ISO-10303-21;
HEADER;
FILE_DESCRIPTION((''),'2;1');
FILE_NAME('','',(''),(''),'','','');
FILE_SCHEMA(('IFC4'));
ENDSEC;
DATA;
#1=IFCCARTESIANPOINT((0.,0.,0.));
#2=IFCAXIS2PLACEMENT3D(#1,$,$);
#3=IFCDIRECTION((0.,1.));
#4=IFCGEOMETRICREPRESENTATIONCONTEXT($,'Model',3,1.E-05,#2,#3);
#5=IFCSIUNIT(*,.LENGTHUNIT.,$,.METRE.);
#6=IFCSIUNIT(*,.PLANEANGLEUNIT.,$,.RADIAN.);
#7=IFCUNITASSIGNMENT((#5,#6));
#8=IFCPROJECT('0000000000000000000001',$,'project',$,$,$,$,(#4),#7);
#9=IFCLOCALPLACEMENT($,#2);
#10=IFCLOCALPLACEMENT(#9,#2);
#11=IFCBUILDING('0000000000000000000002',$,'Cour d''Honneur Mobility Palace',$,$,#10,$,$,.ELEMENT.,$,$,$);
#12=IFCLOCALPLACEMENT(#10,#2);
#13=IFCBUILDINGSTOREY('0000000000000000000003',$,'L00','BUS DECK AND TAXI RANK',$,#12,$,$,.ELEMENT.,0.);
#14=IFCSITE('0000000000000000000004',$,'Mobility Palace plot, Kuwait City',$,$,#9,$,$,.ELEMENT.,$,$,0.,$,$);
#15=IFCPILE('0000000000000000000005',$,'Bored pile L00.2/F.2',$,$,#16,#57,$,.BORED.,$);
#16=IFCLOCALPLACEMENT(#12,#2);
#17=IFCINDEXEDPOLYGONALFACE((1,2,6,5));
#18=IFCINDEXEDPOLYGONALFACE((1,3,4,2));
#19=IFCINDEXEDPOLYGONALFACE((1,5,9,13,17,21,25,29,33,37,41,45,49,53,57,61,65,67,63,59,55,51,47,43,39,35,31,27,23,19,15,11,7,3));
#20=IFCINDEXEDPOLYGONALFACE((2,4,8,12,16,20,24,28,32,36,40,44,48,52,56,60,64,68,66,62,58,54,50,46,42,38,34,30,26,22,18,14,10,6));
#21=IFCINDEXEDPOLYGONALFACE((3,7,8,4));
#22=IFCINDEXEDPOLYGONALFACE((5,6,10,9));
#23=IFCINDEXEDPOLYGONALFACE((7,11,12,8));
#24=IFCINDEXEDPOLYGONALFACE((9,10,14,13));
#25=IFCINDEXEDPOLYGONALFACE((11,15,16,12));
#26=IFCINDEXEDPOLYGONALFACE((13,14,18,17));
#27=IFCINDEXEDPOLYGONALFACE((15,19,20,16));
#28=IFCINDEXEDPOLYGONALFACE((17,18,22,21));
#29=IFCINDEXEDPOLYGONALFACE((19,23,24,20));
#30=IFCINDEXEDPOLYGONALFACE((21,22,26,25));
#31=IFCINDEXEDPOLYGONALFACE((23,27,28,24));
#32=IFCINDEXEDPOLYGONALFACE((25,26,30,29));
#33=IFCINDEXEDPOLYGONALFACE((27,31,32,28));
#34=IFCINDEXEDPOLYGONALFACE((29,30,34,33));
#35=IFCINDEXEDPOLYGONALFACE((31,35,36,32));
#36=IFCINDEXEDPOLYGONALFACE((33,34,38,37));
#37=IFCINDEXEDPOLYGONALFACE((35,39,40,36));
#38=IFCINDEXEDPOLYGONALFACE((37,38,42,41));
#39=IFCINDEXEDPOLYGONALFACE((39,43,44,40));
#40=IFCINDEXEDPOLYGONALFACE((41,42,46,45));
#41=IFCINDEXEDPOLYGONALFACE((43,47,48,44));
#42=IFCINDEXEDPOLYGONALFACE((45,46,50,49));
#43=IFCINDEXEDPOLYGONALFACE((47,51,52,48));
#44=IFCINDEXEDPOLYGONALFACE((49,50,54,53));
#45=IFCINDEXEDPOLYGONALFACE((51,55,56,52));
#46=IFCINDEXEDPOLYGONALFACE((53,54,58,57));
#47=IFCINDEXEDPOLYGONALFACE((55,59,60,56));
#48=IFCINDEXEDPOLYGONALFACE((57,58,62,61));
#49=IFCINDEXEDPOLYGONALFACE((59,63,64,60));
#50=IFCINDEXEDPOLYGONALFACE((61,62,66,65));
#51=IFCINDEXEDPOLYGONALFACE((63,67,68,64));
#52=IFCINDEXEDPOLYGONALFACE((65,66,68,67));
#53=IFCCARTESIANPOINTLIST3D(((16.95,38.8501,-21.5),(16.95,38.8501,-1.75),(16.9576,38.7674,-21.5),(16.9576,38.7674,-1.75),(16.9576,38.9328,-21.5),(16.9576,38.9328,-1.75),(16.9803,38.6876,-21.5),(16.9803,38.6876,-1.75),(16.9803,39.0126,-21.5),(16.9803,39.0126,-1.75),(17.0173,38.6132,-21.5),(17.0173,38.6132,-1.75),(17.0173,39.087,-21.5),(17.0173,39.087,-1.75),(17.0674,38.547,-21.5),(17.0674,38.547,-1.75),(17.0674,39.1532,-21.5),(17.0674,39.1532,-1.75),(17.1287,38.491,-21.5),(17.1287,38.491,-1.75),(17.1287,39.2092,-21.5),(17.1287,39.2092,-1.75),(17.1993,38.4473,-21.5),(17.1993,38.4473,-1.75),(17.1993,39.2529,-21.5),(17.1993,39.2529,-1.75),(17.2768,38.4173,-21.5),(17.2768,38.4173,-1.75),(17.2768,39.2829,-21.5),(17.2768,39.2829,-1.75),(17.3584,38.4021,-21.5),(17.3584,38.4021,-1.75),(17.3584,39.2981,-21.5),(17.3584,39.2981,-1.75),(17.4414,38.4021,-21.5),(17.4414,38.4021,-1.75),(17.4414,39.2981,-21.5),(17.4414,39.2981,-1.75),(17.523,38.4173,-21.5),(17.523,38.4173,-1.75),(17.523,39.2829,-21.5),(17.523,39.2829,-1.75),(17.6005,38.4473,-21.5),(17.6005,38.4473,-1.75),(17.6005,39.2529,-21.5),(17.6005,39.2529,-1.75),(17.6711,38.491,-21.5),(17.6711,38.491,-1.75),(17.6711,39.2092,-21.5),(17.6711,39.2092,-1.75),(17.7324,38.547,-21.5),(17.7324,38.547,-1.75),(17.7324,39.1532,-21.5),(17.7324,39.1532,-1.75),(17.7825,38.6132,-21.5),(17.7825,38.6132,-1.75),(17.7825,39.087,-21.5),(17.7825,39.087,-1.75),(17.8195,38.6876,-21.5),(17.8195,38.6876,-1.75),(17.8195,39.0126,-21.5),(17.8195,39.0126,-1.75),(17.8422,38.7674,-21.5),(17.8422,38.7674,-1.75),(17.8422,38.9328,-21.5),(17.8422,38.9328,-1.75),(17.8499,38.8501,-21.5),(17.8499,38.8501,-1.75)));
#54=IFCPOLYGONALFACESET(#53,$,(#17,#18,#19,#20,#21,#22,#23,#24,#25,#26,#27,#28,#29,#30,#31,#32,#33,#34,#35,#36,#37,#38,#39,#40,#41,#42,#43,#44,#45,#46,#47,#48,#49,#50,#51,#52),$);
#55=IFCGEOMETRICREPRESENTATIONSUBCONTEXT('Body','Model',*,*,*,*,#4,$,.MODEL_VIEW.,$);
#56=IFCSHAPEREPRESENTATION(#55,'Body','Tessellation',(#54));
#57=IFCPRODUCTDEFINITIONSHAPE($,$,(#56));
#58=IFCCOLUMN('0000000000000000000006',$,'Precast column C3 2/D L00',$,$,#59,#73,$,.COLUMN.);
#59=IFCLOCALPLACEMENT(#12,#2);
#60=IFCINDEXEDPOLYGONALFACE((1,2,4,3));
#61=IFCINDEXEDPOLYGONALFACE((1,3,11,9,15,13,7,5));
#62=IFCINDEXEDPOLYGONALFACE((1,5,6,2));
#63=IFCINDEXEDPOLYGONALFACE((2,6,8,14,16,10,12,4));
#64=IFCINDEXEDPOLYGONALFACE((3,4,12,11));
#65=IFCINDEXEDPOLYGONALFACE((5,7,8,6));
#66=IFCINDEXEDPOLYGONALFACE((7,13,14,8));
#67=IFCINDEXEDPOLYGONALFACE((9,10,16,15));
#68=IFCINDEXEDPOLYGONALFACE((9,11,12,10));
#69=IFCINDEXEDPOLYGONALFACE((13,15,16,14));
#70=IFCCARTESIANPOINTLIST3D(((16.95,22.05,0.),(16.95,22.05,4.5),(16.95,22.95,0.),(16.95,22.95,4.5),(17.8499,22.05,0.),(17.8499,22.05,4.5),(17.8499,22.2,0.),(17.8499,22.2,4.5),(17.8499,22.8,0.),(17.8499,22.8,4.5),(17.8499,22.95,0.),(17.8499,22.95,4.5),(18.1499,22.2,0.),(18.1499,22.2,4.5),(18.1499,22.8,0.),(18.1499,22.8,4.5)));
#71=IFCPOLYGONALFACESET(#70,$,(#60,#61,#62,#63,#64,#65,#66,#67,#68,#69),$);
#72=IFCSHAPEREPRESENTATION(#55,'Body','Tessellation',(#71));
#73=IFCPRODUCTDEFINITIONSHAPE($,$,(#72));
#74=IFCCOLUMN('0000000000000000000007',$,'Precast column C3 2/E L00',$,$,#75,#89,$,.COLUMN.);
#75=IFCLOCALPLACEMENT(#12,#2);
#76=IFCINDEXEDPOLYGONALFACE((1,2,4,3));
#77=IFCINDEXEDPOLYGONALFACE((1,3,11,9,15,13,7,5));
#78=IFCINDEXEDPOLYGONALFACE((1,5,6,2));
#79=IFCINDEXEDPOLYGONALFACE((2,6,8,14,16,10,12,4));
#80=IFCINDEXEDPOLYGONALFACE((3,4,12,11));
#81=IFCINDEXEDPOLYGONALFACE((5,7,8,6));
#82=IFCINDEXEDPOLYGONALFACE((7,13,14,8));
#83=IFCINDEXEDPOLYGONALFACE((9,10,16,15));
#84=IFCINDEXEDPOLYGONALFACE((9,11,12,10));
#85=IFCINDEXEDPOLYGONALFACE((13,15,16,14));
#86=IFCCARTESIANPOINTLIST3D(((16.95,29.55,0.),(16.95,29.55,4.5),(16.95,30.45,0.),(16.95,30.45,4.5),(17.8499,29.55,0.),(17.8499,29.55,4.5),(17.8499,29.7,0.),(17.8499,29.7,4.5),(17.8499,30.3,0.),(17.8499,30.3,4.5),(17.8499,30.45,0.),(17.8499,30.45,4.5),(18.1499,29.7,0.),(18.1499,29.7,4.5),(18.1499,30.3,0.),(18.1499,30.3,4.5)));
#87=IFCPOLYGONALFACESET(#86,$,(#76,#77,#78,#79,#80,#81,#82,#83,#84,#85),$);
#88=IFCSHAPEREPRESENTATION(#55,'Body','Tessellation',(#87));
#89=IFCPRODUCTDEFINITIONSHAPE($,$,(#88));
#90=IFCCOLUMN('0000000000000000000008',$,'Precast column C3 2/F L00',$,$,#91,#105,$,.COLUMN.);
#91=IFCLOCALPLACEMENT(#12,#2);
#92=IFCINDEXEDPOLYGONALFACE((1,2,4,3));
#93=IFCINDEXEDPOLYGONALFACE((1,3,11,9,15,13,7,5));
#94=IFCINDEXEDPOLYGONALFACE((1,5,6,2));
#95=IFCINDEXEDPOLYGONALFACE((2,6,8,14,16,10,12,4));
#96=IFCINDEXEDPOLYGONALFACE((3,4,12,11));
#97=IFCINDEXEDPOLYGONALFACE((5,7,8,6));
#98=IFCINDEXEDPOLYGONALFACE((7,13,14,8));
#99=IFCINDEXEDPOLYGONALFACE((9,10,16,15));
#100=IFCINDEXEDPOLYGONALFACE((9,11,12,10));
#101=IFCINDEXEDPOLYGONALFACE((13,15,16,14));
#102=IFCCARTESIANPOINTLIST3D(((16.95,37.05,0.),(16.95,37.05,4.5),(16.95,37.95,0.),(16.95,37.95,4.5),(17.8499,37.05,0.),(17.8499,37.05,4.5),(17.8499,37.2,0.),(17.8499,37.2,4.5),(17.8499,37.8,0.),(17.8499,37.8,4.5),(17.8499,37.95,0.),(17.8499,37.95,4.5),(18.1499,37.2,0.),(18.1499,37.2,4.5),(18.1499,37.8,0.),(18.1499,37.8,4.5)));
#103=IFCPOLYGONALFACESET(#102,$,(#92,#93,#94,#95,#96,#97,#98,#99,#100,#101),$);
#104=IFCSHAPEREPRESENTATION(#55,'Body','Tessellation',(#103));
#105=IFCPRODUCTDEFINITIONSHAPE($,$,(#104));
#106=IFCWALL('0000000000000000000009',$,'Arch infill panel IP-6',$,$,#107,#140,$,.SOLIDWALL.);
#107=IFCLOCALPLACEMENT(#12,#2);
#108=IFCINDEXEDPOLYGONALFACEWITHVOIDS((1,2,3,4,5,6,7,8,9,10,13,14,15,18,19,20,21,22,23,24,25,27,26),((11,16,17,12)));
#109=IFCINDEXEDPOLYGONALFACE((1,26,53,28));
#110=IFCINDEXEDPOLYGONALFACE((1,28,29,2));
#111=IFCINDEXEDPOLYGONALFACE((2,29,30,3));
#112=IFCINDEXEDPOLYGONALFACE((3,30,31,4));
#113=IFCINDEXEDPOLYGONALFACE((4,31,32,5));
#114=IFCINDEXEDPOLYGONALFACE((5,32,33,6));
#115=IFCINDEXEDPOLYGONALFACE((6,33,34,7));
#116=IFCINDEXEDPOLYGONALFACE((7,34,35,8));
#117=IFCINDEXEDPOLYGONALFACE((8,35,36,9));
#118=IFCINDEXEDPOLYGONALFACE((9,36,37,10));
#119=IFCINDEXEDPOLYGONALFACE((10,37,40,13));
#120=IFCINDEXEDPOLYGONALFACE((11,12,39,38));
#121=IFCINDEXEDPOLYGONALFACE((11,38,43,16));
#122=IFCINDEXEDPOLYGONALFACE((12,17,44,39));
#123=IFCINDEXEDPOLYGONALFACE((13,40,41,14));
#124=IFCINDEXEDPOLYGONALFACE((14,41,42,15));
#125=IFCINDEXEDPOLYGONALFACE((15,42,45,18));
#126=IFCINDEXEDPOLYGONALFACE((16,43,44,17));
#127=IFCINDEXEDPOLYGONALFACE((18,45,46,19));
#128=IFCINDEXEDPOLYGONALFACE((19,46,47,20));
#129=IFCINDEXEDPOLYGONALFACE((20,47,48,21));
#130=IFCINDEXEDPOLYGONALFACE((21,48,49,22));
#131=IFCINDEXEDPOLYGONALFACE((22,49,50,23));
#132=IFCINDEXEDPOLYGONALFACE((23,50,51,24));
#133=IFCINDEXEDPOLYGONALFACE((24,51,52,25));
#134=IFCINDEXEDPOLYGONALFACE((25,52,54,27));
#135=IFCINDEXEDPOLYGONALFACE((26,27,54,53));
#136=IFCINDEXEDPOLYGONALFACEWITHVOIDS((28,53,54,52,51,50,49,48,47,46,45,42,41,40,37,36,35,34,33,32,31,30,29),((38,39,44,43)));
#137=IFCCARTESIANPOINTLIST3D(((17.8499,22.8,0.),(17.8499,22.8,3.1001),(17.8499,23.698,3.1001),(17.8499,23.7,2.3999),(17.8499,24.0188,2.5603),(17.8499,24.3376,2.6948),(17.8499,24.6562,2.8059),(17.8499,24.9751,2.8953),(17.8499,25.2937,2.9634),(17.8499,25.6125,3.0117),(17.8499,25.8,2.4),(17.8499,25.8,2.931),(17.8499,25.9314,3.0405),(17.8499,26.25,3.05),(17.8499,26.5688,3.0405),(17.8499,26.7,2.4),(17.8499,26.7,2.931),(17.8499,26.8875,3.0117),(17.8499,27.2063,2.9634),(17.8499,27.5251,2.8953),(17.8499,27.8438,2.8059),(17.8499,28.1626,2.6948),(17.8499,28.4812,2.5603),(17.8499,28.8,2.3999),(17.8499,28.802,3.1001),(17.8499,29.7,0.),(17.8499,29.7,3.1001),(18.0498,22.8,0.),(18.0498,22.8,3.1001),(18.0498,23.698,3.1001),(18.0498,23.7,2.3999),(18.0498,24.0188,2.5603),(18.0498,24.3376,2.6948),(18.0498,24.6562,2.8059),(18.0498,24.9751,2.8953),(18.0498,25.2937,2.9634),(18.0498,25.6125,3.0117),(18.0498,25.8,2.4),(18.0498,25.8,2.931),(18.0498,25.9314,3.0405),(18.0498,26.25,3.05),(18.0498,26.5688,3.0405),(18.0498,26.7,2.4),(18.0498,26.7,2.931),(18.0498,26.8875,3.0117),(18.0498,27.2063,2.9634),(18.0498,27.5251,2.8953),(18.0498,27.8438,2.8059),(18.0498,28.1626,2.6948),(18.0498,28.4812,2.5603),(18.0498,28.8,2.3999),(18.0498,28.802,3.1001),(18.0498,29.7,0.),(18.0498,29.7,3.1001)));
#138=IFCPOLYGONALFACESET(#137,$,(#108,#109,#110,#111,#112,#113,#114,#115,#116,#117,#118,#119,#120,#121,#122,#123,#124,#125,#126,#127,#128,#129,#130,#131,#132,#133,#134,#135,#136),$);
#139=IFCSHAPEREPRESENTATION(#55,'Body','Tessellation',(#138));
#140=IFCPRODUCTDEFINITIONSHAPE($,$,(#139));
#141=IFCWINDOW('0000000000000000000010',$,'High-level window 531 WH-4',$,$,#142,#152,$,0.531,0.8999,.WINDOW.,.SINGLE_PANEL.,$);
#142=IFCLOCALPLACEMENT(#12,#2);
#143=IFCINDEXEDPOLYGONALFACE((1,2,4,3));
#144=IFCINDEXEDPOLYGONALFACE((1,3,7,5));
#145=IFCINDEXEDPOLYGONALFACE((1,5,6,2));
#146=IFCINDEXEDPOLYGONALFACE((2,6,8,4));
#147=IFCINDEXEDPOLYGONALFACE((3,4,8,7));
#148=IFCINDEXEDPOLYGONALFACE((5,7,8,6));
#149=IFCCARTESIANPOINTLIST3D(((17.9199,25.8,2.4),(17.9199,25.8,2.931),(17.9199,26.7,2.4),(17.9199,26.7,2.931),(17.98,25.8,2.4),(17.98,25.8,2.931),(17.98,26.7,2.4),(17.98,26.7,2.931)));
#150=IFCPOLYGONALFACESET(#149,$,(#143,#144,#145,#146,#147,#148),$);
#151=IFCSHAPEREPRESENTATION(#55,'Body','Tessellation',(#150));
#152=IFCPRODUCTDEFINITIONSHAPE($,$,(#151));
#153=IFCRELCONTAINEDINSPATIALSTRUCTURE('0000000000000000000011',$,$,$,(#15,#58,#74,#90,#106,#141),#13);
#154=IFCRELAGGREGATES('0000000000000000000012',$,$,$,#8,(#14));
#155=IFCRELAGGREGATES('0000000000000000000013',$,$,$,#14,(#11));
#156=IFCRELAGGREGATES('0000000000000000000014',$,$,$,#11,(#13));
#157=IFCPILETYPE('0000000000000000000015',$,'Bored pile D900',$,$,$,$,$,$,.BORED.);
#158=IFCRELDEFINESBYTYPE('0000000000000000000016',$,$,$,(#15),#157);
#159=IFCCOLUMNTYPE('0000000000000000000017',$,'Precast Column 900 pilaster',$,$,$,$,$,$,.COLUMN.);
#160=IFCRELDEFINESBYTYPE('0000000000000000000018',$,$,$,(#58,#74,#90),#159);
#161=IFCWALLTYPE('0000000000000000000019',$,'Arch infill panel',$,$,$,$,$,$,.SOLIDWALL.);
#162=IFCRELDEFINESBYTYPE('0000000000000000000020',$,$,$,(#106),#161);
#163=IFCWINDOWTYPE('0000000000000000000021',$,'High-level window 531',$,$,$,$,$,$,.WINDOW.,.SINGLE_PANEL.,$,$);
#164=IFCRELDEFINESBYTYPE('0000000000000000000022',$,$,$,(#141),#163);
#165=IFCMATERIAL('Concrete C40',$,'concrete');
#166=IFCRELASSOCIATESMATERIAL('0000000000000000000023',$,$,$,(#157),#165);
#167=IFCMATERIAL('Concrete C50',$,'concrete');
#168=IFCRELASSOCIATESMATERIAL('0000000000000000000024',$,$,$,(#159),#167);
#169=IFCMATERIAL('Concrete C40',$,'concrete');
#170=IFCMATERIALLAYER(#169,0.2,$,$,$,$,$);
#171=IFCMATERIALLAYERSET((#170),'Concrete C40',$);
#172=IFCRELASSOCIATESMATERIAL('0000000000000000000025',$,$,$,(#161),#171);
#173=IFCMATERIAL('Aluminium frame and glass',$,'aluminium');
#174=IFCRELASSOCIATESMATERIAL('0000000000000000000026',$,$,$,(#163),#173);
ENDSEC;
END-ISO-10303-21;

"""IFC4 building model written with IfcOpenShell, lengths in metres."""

from ifc_helpers import new_model, si_unit, direction, frame, frame_2d, origin, origin_2d, place, context, subcontext, project, spatial, polyline, rectangle, circle, outline, extrude, material, layer, layer_set, material_profile, profile_set, type_object, element, fill, save


model = new_model("IFC4")

# Units and contexts
model_context = context("Model", 3, precision=1e-05, world=origin(), true_north=direction((0.0, 1.0)))
body_context = subcontext(model_context, "Body", "Model", "MODEL_VIEW")
ifc_project = project(units=[si_unit("LENGTHUNIT", "METRE"), si_unit("PLANEANGLEUNIT", "RADIAN")], contexts=[model_context])

# Site, building, storey
site_placement = place(None, origin())
site = spatial("IfcSite", under=ifc_project, at=site_placement, Name="Mobility Palace plot, Kuwait City", CompositionType="ELEMENT", RefElevation=0.0)
building_placement = place(site_placement, origin())
building = spatial("IfcBuilding", under=site, at=building_placement, Name="Cour d'Honneur Mobility Palace", CompositionType="ELEMENT")
storey_placement = place(building_placement, origin())
storey = spatial("IfcBuildingStorey", under=building, at=storey_placement, Name="L00", Description="BUS DECK AND TAXI RANK", CompositionType="ELEMENT", Elevation=0.0)

# Pile
ifc_material_1 = material(Name="Concrete C40", Category="concrete")
ifc_material_profile_1 = material_profile(ifc_material_1, circle(Radius=0.45, at=origin_2d()), Name="Bored pile D900")
ifc_profile_set_1 = profile_set([ifc_material_profile_1], Name="Concrete C40")
pile_type = type_object("IfcPileType", Name="Bored pile D900", PredefinedType="BORED", material=ifc_profile_set_1)
for number, where, z_axis, x_axis, name in (
    (1, (17.3999, 38.8501, -1.75), (0.0, 0.0, -1.0), (1.0, 0.0, 0.0), "Bored pile L00.2/F.2"),
):
    element("IfcPile", number, at=place(storey_placement, frame(where, z_axis=z_axis, x_axis=x_axis)), inside=storey, type_object=pile_type, Name=name, PredefinedType="BORED", context=body_context, shape_type="SweptSolid", body=[
        extrude(circle(Radius=0.45, at=origin_2d()), origin(), (0.0, 0.0, 1.0), 19.75),
    ])

# Columns
ifc_material_2 = material(Name="Concrete C50", Category="concrete")
ifc_material_profile_2 = material_profile(ifc_material_2, outline(polyline([(-0.45, -0.45), (0.45, -0.45), (0.45, -0.3), (0.75, -0.3), (0.75, 0.3), (0.45, 0.3), (0.45, 0.45), (-0.45, 0.45), (-0.45, -0.45)])), Name="PC C900 pilaster")
ifc_profile_set_2 = profile_set([ifc_material_profile_2], Name="Concrete C50")
column_type = type_object("IfcColumnType", Name="Precast Column 900 pilaster", PredefinedType="COLUMN", material=ifc_profile_set_2)
for number, where, z_axis, x_axis, name in (
    (2, (17.3999, 22.5, 0.0), (0.0, 0.0, 1.0), (1.0, 0.0, 0.0), "Precast column C3 2/D L00"),
    (3, (17.3999, 30.0, 0.0), (0.0, 0.0, 1.0), (1.0, 0.0, 0.0), "Precast column C3 2/E L00"),
    (4, (17.3999, 37.5, 0.0), (0.0, 0.0, 1.0), (1.0, 0.0, 0.0), "Precast column C3 2/F L00"),
):
    element("IfcColumn", number, at=place(storey_placement, frame(where, z_axis=z_axis, x_axis=x_axis)), inside=storey, type_object=column_type, Name=name, PredefinedType="COLUMN", context=body_context, shape_type="SweptSolid", body=[
        extrude(outline(polyline([(-0.45, -0.45), (0.45, -0.45), (0.45, -0.3), (0.75, -0.3), (0.75, 0.3), (0.45, 0.3), (0.45, 0.45), (-0.45, 0.45), (-0.45, -0.45)])), origin(), (0.0, 0.0, 1.0), 4.5),
    ])

# Wall, opening, window
ifc_material_3 = material(Name="Concrete C40", Category="concrete")
ifc_layer_1 = layer(ifc_material_3, 0.2)
ifc_layer_set_1 = layer_set([ifc_layer_1], Name="Concrete C40")
wall_type = type_object("IfcWallType", Name="Arch infill panel", PredefinedType="SOLIDWALL", material=ifc_layer_set_1)
wall_1_placement = place(storey_placement, frame((17.95, 22.8, 0.0), z_axis=(0.0, 0.0, 1.0), x_axis=(0.0, 1.0, 0.0)))
wall_1 = element("IfcWall", 5, at=wall_1_placement, inside=storey, type_object=wall_type, Name="Arch infill panel IP-6", PredefinedType="SOLIDWALL", context=body_context, shape_type="SweptSolid", body=[
    extrude(outline(polyline([(0.0, 0.0), (6.8999, 0.0), (6.8999, 3.1001), (6.002, 3.1001), (6.0, 2.3999), (5.6812, 2.5603), (5.3625, 2.6948), (5.0437, 2.8059), (4.7251, 2.8953), (4.4062, 2.9634), (4.0874, 3.0117), (3.7688, 3.0405), (3.45, 3.05), (3.1313, 3.0405), (2.8125, 3.0117), (2.4937, 2.9634), (2.175, 2.8953), (1.8562, 2.8059), (1.5376, 2.6948), (1.2188, 2.5603), (0.8999, 2.3999), (0.8979, 3.1001), (0.0, 3.1001), (0.0, 0.0)])), frame((0.0, 0.1001, 0.0), z_axis=(0.0, -1.0, 0.0), x_axis=(1.0, 0.0, 0.0)), (0.0, 0.0, 1.0), 0.2),
])
opening_1_placement = place(wall_1_placement, frame((3.0, 0.0, 2.3999)))
opening_1 = element("IfcOpeningElement", 6, at=opening_1_placement, cuts=wall_1, PredefinedType="OPENING", context=body_context, shape_type="SweptSolid", body=[
    extrude(rectangle(XDim=0.8999, YDim=0.531, at=frame_2d((0.45, 0.2656))), frame((0.0, 0.1099, 0.0), z_axis=(0.0, -1.0, 0.0), x_axis=(1.0, 0.0, 0.0)), (0.0, 0.0, 1.0), 0.22),
])
ifc_material_4 = material(Name="Aluminium frame and glass", Category="aluminium")
window_type = type_object("IfcWindowType", Name="High-level window 531", PartitioningType="SINGLE_PANEL", PredefinedType="WINDOW", material=ifc_material_4)
window_1_placement = place(opening_1_placement, origin())
window_1 = element("IfcWindow", 7, at=window_1_placement, inside=storey, type_object=window_type, Name="High-level window 531 WH-4", OverallHeight=0.531, OverallWidth=0.8999, PartitioningType="SINGLE_PANEL", PredefinedType="WINDOW", context=body_context, shape_type="SweptSolid", body=[
    extrude(rectangle(XDim=0.8999, YDim=0.531, at=frame_2d((0.45, 0.2656))), frame((0.0, 0.03, 0.0), z_axis=(0.0, -1.0, 0.0), x_axis=(1.0, 0.0, 0.0)), (0.0, 0.0, 1.0), 0.0601),
])
fill(opening_1, window_1)

save(model, "model.ifc")
